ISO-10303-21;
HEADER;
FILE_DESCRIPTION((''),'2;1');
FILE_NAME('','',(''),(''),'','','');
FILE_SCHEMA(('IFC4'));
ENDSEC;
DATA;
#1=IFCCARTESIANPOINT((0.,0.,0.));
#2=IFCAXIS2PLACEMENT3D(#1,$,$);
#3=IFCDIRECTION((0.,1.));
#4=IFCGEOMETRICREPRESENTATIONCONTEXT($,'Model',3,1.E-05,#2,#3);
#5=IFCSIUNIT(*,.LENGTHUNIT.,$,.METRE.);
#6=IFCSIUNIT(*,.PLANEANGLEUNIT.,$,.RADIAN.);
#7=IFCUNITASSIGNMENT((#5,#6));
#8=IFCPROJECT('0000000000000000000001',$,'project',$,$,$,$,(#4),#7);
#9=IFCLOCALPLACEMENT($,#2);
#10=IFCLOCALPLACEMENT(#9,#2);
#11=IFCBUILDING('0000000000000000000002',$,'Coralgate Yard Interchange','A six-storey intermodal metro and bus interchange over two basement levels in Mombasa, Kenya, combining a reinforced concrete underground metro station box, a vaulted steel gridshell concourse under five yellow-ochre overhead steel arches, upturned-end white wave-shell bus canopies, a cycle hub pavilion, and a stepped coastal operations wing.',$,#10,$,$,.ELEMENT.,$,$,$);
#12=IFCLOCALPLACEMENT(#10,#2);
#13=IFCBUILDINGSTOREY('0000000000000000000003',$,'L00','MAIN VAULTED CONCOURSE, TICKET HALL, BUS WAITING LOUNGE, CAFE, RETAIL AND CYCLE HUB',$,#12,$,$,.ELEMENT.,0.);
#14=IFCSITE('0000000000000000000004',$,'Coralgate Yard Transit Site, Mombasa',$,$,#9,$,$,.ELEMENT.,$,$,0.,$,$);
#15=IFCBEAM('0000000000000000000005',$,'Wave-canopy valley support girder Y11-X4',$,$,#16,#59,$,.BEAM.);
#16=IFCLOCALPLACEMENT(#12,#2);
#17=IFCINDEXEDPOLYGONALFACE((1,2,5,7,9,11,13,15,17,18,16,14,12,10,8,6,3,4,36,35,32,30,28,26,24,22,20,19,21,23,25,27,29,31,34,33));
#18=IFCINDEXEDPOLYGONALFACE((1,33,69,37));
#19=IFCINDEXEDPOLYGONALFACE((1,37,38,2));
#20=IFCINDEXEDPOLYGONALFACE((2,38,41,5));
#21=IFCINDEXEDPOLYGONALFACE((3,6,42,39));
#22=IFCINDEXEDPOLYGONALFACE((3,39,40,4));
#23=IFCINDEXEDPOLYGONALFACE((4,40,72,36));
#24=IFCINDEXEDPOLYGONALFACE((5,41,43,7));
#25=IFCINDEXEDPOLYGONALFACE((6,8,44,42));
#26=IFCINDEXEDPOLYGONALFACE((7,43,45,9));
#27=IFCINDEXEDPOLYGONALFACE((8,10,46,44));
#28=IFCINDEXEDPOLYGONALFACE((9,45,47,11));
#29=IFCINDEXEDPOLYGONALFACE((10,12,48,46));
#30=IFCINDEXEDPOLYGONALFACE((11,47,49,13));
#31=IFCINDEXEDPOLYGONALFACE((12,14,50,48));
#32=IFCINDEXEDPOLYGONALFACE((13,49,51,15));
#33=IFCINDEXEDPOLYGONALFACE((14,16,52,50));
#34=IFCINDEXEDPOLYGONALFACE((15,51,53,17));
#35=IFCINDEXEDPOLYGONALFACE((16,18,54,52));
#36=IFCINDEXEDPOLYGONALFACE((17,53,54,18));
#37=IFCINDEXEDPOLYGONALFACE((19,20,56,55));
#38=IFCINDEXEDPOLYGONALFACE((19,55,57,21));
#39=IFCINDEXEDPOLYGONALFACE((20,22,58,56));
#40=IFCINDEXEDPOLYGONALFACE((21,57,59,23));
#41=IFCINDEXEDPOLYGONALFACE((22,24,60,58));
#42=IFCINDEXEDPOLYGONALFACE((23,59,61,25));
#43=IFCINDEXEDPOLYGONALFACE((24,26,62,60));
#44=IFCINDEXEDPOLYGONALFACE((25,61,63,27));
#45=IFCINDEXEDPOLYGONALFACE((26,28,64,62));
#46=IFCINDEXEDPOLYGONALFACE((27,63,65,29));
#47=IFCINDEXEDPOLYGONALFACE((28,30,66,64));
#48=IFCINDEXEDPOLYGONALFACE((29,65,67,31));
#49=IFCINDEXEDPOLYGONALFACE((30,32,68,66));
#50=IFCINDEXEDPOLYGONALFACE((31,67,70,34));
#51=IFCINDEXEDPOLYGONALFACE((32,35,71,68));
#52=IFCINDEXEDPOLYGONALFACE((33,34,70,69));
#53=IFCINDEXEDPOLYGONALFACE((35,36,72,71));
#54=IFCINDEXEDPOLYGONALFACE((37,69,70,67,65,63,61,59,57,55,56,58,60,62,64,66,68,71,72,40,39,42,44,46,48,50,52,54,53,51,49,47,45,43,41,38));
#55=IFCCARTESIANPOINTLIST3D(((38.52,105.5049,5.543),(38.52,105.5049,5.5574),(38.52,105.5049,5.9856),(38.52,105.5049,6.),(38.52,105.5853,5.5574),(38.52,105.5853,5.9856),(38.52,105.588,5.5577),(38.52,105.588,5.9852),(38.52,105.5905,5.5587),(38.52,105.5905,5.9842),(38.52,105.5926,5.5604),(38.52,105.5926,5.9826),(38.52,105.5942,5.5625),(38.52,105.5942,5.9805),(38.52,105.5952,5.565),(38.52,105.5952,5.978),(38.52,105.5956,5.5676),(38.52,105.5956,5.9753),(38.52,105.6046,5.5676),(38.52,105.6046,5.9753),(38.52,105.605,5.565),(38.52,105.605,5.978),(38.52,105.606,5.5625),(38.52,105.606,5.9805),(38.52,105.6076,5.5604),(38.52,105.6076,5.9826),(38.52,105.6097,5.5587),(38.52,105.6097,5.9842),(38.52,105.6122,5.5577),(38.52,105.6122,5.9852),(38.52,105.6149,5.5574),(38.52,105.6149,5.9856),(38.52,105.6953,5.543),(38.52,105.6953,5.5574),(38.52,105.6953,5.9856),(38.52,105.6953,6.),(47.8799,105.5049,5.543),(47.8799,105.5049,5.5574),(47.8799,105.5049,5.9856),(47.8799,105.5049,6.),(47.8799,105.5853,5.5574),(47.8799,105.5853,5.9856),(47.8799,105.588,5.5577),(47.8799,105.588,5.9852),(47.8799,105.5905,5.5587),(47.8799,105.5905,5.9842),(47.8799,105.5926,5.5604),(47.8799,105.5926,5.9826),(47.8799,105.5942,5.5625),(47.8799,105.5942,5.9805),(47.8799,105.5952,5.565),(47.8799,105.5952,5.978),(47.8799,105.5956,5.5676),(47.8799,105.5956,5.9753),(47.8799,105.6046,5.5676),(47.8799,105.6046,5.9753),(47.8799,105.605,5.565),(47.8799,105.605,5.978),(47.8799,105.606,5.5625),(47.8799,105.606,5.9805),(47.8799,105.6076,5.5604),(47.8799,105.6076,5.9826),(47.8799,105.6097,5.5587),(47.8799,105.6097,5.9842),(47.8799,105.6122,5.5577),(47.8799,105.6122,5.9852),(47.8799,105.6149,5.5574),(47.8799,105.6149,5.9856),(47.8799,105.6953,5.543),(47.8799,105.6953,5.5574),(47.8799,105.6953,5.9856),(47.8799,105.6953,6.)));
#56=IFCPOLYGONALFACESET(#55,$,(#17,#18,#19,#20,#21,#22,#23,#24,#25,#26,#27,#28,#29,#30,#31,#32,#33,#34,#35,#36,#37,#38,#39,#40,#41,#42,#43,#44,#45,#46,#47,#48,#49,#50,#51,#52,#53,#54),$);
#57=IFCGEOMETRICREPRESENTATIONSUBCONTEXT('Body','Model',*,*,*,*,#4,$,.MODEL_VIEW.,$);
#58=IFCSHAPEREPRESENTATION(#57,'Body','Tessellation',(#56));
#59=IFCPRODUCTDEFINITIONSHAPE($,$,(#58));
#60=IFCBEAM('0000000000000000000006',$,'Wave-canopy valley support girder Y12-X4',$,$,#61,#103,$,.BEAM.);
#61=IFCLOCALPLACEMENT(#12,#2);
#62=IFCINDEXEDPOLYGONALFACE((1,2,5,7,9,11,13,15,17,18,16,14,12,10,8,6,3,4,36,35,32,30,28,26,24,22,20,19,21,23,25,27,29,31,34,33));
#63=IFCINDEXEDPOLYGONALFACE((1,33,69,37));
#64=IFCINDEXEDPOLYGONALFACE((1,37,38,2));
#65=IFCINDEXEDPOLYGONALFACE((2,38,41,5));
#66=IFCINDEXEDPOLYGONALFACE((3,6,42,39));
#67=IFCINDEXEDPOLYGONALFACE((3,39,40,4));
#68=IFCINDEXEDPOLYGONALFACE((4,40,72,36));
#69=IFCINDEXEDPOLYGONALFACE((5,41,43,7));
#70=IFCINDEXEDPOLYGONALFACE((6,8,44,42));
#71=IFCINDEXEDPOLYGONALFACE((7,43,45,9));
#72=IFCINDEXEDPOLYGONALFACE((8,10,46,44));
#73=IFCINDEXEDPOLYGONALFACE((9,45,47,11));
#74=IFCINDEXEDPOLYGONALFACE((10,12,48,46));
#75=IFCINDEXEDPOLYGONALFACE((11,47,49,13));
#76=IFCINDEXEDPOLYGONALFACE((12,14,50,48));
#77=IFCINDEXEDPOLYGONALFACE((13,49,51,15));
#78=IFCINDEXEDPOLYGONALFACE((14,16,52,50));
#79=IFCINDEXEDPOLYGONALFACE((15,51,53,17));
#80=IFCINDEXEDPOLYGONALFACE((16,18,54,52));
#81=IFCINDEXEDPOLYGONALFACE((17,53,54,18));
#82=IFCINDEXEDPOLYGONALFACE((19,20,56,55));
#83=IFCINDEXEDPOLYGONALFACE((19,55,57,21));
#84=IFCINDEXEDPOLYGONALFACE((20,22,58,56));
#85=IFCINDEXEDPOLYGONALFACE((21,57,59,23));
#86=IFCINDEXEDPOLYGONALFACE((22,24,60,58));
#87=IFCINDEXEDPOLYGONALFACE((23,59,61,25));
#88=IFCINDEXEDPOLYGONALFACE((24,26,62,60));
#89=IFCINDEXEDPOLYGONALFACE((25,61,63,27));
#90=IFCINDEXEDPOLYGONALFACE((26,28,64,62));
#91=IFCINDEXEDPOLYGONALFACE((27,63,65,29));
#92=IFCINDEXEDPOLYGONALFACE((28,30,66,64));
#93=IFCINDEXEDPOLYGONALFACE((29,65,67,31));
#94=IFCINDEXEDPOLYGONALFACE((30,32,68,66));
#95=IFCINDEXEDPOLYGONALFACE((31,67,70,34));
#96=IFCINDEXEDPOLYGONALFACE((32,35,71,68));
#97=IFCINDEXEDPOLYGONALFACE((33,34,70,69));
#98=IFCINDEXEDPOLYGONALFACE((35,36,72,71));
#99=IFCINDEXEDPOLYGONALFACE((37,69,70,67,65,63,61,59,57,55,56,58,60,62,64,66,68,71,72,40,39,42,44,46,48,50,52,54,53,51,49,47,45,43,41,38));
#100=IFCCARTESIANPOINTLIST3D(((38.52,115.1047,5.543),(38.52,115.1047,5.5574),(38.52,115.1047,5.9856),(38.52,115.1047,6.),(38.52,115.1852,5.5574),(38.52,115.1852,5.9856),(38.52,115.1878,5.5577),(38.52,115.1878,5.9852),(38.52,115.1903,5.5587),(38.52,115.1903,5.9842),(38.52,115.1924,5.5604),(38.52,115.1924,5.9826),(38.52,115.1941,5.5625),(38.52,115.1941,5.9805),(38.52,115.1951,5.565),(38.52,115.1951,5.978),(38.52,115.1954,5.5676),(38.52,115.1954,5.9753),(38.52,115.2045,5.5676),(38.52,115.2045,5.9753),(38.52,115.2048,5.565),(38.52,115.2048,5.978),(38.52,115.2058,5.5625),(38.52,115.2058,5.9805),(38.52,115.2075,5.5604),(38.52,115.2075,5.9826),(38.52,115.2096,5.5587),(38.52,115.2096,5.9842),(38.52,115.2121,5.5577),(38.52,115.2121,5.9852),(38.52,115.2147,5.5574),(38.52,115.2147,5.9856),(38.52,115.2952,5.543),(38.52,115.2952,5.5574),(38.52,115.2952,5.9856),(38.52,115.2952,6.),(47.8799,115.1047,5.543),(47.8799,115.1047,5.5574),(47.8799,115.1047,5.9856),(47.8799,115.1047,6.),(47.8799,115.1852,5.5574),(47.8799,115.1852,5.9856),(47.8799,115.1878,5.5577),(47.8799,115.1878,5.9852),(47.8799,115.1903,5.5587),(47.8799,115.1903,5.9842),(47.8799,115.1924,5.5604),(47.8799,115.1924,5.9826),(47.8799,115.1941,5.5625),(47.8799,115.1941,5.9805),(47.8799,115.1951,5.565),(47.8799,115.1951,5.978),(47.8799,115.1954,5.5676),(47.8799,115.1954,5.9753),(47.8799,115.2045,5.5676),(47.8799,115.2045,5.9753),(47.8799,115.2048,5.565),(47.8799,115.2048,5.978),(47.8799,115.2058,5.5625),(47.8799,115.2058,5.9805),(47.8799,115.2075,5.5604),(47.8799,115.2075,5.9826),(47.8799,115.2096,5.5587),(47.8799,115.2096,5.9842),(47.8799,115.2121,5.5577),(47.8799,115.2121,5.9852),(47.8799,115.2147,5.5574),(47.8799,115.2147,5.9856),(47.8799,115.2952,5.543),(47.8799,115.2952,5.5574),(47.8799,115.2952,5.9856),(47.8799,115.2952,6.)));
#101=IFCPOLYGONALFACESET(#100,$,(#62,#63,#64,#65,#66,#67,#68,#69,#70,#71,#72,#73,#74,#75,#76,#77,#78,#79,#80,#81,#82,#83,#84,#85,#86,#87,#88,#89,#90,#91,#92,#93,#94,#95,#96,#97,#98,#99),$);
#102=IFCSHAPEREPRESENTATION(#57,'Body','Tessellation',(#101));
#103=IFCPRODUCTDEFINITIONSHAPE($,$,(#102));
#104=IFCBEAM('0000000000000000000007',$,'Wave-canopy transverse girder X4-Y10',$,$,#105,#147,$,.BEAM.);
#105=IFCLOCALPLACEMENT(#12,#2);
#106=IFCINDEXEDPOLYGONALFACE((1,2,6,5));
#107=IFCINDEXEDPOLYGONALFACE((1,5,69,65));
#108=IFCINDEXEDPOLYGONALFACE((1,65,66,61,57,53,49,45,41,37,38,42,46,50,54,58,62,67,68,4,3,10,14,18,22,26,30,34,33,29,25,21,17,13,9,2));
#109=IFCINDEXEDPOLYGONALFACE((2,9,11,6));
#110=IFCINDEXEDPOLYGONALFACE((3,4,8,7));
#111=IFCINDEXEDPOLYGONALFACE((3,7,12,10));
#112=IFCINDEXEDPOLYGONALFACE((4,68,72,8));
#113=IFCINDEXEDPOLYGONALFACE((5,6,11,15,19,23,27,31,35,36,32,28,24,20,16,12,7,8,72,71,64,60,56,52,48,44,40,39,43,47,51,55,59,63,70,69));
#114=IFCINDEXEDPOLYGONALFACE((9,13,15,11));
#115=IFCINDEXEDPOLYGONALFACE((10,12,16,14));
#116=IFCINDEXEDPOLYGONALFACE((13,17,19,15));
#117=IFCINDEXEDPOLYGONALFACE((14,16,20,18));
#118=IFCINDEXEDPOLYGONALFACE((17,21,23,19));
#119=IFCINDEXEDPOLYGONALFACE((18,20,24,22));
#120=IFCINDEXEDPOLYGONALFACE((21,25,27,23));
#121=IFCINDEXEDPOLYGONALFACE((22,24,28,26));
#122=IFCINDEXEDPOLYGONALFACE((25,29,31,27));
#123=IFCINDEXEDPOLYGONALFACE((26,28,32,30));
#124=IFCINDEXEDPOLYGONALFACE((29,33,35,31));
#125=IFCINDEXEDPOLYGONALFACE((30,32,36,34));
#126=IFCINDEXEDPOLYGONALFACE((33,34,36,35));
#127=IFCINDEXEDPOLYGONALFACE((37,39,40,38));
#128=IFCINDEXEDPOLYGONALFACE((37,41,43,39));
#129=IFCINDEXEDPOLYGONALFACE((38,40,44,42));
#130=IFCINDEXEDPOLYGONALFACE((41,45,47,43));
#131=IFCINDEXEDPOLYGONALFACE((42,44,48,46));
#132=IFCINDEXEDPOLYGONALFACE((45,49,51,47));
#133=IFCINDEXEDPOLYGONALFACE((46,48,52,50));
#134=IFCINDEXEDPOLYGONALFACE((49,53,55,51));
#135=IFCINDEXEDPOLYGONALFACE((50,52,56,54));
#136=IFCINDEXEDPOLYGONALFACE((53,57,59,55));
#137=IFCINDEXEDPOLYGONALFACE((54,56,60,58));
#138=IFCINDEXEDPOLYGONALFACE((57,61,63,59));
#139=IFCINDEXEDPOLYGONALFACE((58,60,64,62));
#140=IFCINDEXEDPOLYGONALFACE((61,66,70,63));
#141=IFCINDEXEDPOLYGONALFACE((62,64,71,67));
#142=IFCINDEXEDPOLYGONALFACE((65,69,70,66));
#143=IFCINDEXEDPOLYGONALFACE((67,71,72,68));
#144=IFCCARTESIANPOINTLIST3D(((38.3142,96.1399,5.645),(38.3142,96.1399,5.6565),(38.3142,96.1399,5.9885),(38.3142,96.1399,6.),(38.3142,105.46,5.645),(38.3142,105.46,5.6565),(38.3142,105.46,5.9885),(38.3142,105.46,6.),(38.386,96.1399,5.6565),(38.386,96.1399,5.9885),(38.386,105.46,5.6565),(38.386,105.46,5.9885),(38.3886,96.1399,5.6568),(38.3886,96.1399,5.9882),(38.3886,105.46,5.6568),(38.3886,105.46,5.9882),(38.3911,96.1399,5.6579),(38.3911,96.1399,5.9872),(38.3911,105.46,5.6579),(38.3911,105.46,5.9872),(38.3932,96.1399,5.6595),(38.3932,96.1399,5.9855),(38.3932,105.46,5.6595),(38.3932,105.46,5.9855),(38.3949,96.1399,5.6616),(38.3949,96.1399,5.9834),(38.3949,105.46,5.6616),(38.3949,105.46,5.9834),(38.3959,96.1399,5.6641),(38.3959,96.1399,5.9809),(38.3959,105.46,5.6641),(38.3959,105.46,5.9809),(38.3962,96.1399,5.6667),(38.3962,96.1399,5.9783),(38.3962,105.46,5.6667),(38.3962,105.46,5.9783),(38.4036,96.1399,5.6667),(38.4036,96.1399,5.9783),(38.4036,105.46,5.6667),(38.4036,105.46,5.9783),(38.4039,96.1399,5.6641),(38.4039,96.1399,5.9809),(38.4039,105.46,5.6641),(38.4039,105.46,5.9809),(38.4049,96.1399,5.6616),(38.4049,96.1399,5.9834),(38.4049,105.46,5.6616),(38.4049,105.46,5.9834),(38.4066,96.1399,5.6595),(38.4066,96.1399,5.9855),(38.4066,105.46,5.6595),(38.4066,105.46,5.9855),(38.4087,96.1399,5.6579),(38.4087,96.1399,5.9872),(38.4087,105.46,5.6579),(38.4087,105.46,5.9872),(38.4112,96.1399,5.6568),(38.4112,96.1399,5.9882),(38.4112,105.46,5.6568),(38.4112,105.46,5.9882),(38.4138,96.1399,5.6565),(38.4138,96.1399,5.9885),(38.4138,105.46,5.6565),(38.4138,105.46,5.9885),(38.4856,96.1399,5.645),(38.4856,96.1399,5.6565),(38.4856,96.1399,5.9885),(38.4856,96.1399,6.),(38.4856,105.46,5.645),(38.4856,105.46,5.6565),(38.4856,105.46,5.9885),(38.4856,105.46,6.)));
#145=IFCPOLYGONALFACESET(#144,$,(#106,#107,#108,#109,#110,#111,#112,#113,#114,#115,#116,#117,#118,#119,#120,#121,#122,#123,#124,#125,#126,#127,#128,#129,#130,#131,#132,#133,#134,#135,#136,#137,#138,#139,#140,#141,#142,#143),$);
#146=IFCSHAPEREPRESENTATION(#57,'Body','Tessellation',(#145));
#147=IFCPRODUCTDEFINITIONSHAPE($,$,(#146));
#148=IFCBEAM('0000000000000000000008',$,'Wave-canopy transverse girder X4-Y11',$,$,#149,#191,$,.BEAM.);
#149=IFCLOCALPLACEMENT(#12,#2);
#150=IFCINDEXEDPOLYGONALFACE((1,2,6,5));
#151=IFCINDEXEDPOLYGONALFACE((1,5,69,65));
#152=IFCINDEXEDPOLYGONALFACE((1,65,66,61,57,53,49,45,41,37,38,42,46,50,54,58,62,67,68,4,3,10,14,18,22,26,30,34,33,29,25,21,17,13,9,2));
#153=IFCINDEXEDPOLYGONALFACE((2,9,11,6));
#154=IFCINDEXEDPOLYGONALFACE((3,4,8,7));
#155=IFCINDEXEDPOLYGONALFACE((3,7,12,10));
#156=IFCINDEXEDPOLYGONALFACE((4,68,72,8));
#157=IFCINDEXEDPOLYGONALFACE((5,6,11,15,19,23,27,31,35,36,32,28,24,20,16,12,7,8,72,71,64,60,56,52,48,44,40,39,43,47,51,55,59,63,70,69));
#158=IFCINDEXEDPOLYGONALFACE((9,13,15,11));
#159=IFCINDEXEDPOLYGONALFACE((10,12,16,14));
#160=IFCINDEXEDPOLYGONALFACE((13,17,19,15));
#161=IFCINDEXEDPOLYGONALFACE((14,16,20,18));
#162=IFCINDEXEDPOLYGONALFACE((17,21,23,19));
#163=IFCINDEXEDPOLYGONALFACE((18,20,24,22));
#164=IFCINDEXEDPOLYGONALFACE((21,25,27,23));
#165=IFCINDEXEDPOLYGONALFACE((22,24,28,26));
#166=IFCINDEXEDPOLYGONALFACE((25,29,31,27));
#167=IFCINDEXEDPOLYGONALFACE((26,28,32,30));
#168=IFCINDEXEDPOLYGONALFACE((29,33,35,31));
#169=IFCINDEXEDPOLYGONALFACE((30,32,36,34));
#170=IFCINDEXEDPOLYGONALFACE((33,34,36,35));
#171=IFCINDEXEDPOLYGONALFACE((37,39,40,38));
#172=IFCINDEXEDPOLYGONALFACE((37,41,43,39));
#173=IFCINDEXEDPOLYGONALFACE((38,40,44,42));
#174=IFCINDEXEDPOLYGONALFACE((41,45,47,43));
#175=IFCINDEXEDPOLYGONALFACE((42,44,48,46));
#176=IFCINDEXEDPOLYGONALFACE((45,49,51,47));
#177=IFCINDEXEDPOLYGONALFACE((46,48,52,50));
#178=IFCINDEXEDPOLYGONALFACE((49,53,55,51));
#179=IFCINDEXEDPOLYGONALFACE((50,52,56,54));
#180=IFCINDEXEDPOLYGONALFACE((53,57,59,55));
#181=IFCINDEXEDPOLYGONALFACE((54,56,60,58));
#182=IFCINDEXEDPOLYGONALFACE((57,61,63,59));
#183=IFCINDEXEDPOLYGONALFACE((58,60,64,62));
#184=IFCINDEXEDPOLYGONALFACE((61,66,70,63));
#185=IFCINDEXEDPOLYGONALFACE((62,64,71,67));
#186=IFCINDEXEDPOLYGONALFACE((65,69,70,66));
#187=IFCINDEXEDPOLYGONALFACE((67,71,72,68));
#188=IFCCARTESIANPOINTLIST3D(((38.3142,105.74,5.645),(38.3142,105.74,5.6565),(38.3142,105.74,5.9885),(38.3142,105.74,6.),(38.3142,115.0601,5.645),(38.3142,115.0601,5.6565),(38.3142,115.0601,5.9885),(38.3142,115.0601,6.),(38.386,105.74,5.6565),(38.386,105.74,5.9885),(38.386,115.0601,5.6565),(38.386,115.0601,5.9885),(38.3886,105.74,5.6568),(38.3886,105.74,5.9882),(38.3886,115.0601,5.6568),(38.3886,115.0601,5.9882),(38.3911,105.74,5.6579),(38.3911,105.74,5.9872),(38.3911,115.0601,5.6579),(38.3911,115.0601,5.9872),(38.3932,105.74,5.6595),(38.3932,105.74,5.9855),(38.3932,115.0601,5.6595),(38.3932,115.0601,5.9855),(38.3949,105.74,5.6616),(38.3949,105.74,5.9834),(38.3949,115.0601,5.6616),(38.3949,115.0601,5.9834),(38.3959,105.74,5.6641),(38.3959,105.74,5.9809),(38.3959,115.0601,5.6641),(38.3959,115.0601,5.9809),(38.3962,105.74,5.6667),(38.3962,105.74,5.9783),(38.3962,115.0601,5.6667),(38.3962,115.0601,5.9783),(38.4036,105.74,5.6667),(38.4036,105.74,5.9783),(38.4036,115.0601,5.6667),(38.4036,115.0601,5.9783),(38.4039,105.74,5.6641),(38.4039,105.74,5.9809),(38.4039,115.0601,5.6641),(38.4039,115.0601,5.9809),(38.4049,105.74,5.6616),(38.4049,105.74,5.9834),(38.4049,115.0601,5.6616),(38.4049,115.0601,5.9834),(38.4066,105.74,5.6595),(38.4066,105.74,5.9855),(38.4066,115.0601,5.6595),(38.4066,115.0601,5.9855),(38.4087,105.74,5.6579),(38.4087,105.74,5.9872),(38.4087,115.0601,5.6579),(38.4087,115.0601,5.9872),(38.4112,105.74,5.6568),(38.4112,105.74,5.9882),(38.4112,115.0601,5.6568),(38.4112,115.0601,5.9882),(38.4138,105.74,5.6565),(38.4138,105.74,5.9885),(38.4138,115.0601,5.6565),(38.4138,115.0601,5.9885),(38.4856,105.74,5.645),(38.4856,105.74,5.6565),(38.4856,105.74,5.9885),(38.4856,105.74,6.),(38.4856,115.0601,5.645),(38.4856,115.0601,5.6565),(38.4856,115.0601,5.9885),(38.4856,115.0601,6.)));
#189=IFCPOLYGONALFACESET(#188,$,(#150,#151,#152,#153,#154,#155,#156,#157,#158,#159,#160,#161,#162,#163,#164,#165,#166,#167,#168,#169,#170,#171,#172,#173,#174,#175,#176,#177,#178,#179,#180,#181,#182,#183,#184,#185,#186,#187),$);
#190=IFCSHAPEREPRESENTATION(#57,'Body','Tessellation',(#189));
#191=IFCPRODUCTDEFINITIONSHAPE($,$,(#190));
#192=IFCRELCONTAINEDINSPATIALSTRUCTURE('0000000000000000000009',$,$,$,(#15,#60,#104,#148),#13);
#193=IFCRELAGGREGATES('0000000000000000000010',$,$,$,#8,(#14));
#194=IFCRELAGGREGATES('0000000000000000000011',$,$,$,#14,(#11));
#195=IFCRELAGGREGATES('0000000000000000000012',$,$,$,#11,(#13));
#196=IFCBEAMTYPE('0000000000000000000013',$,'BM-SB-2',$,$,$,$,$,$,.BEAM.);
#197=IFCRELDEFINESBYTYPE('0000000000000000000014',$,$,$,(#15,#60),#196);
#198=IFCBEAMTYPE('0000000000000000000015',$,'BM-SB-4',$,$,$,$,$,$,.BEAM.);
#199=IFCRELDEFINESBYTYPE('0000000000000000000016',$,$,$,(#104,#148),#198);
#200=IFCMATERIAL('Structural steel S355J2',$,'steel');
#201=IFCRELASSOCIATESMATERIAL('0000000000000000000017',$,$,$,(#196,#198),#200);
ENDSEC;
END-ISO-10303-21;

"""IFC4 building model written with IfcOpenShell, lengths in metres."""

from ifc_helpers import new_model, si_unit, direction, frame, origin, origin_2d, place, context, subcontext, project, spatial, i_section, extrude, material, material_profile, profile_set, type_object, element, save


model = new_model("IFC4")

# Units and contexts
model_context = context("Model", 3, precision=1e-05, world=origin(), true_north=direction((0.0, 1.0)))
body_context = subcontext(model_context, "Body", "Model", "MODEL_VIEW")
ifc_project = project(units=[si_unit("LENGTHUNIT", "METRE"), si_unit("PLANEANGLEUNIT", "RADIAN")], contexts=[model_context])

# Site, building, storey
site_placement = place(None, origin())
site = spatial("IfcSite", under=ifc_project, at=site_placement, Name="Coralgate Yard Transit Site, Mombasa", CompositionType="ELEMENT", RefElevation=0.0)
building_placement = place(site_placement, origin())
building = spatial("IfcBuilding", under=site, at=building_placement, Name="Coralgate Yard Interchange", Description="A six-storey intermodal metro and bus interchange over two basement levels in Mombasa, Kenya, combining a reinforced concrete underground metro station box, a vaulted steel gridshell concourse under five yellow-ochre overhead steel arches, upturned-end white wave-shell bus canopies, a cycle hub pavilion, and a stepped coastal operations wing.", CompositionType="ELEMENT")
storey_placement = place(building_placement, origin())
storey = spatial("IfcBuildingStorey", under=building, at=storey_placement, Name="L00", Description="MAIN VAULTED CONCOURSE, TICKET HALL, BUS WAITING LOUNGE, CAFE, RETAIL AND CYCLE HUB", CompositionType="ELEMENT", Elevation=0.0)

# Shared definitions
ifc_material_1 = material(Name="Structural steel S355J2", Category="steel")

# Beams
ifc_material_profile_1 = material_profile(ifc_material_1, i_section(OverallWidth=0.1904, OverallDepth=0.457, WebThickness=0.009, FlangeThickness=0.0144, FilletRadius=0.0103, at=origin_2d()), Name="UB 457x191x74")
ifc_profile_set_1 = profile_set([ifc_material_profile_1], Name="Structural steel S355J2")
beam_type_1 = type_object("IfcBeamType", Name="BM-SB-2", PredefinedType="BEAM", material=ifc_profile_set_1)
for number, where, z_axis, x_axis, name in (
    (1, (38.52, 105.6001, 5.7715), (1.0, 0.0, 0.0), (0.0, 1.0, 0.0), "Wave-canopy valley support girder Y11-X4"),
    (2, (38.52, 115.2, 5.7715), (1.0, 0.0, 0.0), (0.0, 1.0, 0.0), "Wave-canopy valley support girder Y12-X4"),
):
    element("IfcBeam", number, at=place(storey_placement, frame(where, z_axis=z_axis, x_axis=x_axis)), inside=storey, type_object=beam_type_1, Name=name, PredefinedType="BEAM", context=body_context, shape_type="SweptSolid", body=[
        extrude(i_section(OverallWidth=0.1904, OverallDepth=0.457, WebThickness=0.009, FlangeThickness=0.0144, FilletRadius=0.0103, at=origin_2d()), origin(), (0.0, 0.0, 1.0), 9.3599),
    ])
ifc_material_profile_2 = material_profile(ifc_material_1, i_section(OverallWidth=0.1714, OverallDepth=0.355, WebThickness=0.0073, FlangeThickness=0.0115, FilletRadius=0.0103, at=origin_2d()), Name="UB 356x171x51")
ifc_profile_set_2 = profile_set([ifc_material_profile_2], Name="Structural steel S355J2")
beam_type_2 = type_object("IfcBeamType", Name="BM-SB-4", PredefinedType="BEAM", material=ifc_profile_set_2)
for number, where, z_axis, x_axis, name in (
    (3, (38.3999, 96.1399, 5.8225), (0.0, 1.0, 0.0), (-1.0, 0.0, 0.0), "Wave-canopy transverse girder X4-Y10"),
    (4, (38.3999, 105.74, 5.8225), (0.0, 1.0, 0.0), (-1.0, 0.0, 0.0), "Wave-canopy transverse girder X4-Y11"),
):
    element("IfcBeam", number, at=place(storey_placement, frame(where, z_axis=z_axis, x_axis=x_axis)), inside=storey, type_object=beam_type_2, Name=name, PredefinedType="BEAM", context=body_context, shape_type="SweptSolid", body=[
        extrude(i_section(OverallWidth=0.1714, OverallDepth=0.355, WebThickness=0.0073, FlangeThickness=0.0115, FilletRadius=0.0103, at=origin_2d()), origin(), (0.0, 0.0, 1.0), 9.3201),
    ])

save(model, "model.ifc")
